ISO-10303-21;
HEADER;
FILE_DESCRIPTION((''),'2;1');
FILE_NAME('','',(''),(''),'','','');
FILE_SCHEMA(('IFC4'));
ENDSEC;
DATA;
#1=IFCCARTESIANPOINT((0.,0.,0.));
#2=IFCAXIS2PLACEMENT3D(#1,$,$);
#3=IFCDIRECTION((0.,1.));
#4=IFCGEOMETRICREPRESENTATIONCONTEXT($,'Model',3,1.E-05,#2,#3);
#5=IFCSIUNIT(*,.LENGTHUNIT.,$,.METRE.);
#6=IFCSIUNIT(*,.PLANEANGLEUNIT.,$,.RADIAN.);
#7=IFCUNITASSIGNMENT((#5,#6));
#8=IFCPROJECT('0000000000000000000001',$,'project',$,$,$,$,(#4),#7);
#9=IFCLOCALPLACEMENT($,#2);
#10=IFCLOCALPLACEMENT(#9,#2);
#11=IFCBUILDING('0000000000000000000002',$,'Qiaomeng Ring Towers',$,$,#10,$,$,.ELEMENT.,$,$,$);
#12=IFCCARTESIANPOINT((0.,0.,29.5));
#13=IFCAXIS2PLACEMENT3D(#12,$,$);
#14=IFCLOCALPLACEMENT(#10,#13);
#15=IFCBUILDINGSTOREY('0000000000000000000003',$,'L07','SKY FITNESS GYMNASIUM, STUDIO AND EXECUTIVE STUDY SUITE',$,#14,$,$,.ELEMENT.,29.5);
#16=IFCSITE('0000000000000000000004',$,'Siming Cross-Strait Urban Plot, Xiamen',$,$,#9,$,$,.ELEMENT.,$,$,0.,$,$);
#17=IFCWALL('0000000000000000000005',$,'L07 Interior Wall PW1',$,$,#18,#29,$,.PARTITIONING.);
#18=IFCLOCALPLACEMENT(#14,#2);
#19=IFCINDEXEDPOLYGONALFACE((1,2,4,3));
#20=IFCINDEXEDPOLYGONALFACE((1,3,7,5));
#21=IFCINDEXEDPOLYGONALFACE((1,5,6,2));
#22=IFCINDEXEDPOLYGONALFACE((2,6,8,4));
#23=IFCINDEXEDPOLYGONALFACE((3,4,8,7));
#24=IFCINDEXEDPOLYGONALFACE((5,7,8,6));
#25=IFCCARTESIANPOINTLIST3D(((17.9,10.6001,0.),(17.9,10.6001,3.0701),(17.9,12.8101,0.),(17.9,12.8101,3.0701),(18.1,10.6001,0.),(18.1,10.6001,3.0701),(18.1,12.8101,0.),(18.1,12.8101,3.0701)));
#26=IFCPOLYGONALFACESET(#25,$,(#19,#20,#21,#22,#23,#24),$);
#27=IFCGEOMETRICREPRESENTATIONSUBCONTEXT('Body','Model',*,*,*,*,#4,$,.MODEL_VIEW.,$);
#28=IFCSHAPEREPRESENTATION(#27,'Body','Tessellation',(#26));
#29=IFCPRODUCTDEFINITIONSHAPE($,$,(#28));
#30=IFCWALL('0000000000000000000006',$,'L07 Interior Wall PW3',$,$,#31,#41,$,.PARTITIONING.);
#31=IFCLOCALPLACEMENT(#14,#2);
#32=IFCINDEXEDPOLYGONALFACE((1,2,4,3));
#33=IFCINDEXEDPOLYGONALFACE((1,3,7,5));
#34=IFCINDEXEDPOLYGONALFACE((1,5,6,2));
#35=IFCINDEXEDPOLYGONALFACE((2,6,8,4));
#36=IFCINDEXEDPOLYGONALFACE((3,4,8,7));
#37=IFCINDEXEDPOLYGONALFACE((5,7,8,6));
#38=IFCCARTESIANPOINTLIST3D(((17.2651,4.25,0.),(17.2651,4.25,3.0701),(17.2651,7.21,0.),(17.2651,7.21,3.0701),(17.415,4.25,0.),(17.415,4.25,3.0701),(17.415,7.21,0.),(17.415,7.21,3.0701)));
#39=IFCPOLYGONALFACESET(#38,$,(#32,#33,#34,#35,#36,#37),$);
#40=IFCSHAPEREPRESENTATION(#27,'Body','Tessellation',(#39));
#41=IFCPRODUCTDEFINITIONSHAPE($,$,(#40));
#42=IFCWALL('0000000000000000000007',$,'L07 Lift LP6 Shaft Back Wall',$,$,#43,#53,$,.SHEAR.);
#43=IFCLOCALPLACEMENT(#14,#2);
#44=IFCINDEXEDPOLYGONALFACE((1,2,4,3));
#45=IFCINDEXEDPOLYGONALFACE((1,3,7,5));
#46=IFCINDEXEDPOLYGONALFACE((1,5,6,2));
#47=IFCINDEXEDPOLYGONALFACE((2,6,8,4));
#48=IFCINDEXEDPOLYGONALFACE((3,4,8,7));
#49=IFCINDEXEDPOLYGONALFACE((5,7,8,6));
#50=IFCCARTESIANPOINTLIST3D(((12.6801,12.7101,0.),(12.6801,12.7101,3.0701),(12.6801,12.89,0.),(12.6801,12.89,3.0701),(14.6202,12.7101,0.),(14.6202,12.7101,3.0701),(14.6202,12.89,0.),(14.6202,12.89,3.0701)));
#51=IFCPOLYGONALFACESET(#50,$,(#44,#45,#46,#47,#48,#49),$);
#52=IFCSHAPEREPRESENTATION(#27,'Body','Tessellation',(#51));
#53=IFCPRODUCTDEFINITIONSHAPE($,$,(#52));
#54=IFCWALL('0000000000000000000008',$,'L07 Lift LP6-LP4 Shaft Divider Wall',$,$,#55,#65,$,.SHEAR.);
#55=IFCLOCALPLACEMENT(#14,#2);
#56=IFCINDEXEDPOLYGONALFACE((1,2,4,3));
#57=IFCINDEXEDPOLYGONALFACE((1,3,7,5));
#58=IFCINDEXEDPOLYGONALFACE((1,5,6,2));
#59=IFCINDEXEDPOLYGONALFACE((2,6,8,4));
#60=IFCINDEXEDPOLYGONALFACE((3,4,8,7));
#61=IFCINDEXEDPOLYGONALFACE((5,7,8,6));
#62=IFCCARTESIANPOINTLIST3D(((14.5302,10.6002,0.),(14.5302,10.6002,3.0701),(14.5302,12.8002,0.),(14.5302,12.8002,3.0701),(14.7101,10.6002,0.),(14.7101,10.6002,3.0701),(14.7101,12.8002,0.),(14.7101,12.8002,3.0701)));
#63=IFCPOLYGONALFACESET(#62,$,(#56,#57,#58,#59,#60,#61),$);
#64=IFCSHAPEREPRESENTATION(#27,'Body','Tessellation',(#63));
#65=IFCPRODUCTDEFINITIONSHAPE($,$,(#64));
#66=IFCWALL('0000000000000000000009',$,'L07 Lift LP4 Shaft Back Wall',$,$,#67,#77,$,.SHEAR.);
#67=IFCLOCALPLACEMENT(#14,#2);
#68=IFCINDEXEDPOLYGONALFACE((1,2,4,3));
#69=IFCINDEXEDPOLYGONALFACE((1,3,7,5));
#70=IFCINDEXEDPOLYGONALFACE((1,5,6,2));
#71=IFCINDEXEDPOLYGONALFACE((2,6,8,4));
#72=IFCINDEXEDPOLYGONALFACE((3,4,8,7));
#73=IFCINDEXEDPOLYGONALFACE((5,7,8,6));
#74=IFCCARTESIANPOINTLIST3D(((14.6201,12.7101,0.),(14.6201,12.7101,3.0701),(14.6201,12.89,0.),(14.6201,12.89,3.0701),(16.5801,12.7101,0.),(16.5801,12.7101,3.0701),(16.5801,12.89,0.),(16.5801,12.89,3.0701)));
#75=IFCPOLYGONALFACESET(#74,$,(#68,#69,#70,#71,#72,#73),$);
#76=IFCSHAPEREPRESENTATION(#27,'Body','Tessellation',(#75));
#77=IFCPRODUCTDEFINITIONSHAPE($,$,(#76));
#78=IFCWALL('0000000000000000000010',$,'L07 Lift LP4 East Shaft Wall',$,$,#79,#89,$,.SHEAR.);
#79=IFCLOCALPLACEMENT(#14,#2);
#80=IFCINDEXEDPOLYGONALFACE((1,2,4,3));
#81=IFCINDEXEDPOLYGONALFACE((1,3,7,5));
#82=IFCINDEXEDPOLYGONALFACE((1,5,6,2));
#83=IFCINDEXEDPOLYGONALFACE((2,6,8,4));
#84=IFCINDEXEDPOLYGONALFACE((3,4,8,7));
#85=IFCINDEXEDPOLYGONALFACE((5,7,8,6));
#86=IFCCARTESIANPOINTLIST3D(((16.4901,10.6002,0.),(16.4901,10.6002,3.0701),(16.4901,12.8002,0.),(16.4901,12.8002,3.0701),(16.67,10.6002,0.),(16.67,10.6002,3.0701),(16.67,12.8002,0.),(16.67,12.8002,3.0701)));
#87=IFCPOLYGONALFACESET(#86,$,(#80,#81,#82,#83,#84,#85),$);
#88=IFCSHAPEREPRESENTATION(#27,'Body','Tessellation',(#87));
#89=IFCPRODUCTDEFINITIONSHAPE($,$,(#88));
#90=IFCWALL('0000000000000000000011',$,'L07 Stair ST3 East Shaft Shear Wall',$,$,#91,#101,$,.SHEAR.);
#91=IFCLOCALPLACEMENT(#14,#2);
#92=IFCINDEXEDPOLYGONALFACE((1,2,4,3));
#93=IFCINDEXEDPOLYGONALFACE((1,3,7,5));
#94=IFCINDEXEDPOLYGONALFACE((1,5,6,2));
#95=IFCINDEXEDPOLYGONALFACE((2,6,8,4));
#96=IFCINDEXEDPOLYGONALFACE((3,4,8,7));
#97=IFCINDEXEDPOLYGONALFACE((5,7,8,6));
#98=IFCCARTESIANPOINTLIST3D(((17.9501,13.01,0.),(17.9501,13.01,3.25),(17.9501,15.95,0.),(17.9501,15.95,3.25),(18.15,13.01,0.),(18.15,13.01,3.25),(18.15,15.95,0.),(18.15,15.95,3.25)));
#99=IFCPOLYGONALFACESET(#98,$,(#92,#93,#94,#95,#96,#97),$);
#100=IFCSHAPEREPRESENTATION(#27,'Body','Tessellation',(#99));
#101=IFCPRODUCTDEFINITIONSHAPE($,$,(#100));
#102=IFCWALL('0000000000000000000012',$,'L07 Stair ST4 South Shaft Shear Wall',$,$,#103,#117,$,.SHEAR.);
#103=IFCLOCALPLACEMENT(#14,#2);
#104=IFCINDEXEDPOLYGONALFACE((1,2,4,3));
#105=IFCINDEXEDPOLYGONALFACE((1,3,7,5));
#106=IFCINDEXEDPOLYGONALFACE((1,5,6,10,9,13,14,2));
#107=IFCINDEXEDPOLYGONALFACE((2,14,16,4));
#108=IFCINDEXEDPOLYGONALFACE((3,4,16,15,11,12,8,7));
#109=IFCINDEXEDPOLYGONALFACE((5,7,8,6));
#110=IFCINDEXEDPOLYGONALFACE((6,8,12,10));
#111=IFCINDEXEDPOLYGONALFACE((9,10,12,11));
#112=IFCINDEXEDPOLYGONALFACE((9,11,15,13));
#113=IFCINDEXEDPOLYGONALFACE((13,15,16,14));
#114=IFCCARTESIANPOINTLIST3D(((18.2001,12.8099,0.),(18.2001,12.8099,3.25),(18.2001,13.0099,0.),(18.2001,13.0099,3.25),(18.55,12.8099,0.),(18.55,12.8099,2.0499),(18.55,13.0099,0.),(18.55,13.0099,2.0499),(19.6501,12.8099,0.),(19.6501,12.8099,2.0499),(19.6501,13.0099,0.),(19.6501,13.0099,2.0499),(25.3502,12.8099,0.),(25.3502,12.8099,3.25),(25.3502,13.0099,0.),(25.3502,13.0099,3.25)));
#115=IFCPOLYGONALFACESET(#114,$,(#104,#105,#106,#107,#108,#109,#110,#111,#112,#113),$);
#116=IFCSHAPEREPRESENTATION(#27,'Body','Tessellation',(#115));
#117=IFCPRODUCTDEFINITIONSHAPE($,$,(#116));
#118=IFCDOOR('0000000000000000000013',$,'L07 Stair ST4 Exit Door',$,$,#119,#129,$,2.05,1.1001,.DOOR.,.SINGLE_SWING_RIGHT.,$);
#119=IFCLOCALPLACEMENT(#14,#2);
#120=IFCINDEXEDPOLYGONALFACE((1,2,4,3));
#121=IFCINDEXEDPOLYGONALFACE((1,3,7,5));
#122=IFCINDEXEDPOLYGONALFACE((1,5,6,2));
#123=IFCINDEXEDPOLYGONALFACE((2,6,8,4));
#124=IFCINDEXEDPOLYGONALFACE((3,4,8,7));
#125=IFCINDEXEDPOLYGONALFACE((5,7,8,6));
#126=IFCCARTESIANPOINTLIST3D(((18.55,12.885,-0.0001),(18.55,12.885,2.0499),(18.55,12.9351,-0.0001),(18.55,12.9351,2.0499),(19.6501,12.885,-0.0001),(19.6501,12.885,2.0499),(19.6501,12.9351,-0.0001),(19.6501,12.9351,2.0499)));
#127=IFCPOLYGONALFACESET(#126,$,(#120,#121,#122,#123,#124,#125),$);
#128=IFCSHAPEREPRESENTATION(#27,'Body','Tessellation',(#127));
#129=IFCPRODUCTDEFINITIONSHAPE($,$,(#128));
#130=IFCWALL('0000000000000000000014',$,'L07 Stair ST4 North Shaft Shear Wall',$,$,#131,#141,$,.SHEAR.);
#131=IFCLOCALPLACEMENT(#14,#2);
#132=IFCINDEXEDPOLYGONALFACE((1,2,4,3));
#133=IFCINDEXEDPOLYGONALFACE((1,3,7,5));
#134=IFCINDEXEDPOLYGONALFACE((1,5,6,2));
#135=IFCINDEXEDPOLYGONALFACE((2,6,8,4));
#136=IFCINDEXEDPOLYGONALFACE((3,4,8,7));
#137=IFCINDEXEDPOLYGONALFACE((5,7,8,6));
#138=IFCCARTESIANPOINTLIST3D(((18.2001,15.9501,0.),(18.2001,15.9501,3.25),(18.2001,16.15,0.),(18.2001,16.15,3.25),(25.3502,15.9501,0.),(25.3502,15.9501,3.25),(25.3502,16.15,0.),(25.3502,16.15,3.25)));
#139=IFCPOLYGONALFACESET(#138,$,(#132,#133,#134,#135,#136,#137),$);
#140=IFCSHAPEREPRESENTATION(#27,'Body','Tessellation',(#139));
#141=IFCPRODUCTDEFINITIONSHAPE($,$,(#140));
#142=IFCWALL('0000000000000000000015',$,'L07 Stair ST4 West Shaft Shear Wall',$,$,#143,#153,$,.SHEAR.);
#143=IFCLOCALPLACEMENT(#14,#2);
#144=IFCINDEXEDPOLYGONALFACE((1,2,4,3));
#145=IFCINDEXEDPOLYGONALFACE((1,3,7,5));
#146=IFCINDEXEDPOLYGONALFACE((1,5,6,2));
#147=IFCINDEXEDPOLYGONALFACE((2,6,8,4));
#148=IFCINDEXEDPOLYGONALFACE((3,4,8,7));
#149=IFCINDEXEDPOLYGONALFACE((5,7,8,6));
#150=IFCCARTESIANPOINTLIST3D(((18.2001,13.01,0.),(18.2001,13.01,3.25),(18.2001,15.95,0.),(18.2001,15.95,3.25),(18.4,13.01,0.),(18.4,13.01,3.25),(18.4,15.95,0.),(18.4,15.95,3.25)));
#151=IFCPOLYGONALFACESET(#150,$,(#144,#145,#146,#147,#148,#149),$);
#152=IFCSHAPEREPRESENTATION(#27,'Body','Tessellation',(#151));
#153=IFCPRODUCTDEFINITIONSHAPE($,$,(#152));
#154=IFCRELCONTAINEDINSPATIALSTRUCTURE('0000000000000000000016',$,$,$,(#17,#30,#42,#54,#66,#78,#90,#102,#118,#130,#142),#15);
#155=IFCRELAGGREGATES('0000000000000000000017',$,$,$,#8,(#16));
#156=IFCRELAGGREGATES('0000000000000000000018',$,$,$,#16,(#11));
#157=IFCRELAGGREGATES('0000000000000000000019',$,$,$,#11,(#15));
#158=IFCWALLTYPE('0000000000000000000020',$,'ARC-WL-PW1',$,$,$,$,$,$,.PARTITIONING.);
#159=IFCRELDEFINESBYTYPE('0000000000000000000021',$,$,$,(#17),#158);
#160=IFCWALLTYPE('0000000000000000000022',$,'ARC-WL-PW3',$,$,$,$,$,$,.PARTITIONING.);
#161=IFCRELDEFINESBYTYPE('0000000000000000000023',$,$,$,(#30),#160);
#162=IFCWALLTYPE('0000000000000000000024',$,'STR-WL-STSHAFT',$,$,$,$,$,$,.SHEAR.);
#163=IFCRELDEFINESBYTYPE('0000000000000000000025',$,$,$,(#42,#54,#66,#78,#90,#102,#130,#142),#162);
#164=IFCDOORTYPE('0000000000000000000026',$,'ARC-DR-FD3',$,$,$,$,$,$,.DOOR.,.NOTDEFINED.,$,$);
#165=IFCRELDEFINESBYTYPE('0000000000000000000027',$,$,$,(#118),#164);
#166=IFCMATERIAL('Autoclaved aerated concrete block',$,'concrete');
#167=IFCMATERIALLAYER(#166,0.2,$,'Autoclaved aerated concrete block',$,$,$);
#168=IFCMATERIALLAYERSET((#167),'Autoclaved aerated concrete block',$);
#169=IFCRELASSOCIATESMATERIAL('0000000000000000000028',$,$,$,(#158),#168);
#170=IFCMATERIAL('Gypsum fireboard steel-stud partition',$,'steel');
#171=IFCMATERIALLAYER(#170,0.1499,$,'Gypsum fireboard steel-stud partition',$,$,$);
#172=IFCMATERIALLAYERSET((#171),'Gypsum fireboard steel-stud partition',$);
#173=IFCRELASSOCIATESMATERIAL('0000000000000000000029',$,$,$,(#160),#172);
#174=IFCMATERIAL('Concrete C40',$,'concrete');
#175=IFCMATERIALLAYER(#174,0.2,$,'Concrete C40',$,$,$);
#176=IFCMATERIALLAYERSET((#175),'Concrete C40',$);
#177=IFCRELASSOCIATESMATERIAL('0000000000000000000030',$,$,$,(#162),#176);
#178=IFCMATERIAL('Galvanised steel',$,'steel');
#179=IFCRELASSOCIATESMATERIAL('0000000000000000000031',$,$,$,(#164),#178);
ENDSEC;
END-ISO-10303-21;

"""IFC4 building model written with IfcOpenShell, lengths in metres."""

from ifc_helpers import new_model, si_unit, direction, frame, frame_2d, origin, place, context, subcontext, project, spatial, rectangle, extrude, source, transform, mapped, material, layer, layer_set, type_object, element, fill, save


model = new_model("IFC4")

# Units and contexts
model_context = context("Model", 3, precision=1e-05, world=origin(), true_north=direction((0.0, 1.0)))
body_context = subcontext(model_context, "Body", "Model", "MODEL_VIEW")
ifc_project = project(units=[si_unit("LENGTHUNIT", "METRE"), si_unit("PLANEANGLEUNIT", "RADIAN")], contexts=[model_context])

# Site, building, storey
site_placement = place(None, origin())
site = spatial("IfcSite", under=ifc_project, at=site_placement, Name="Siming Cross-Strait Urban Plot, Xiamen", CompositionType="ELEMENT", RefElevation=0.0)
building_placement = place(site_placement, origin())
building = spatial("IfcBuilding", under=site, at=building_placement, Name="Qiaomeng Ring Towers", CompositionType="ELEMENT")
storey_placement = place(building_placement, frame((0.0, 0.0, 29.5)))
storey = spatial("IfcBuildingStorey", under=building, at=storey_placement, Name="L07", Description="SKY FITNESS GYMNASIUM, STUDIO AND EXECUTIVE STUDY SUITE", CompositionType="ELEMENT", Elevation=29.5)

# Walls
ifc_material_1 = material(Name="Autoclaved aerated concrete block", Category="concrete")
ifc_layer_1 = layer(ifc_material_1, 0.2, Name="Autoclaved aerated concrete block")
ifc_layer_set_1 = layer_set([ifc_layer_1], Name="Autoclaved aerated concrete block")
wall_type_1 = type_object("IfcWallType", Name="ARC-WL-PW1", PredefinedType="PARTITIONING", material=ifc_layer_set_1)
wall_1_placement = place(storey_placement, frame((18.0, 10.6001, 0.0), z_axis=(0.0, 0.0, 1.0), x_axis=(0.0, 1.0, 0.0)))
element("IfcWall", 1, at=wall_1_placement, inside=storey, type_object=wall_type_1, Name="L07 Interior Wall PW1", PredefinedType="PARTITIONING", context=body_context, shape_type="SweptSolid", body=[
    extrude(rectangle(XDim=2.21, YDim=0.2, at=frame_2d((1.105, 0.0))), origin(), (0.0, 0.0, 1.0), 3.0701),
])
ifc_material_2 = material(Name="Gypsum fireboard steel-stud partition", Category="steel")
ifc_layer_2 = layer(ifc_material_2, 0.1499, Name="Gypsum fireboard steel-stud partition")
ifc_layer_set_2 = layer_set([ifc_layer_2], Name="Gypsum fireboard steel-stud partition")
wall_type_2 = type_object("IfcWallType", Name="ARC-WL-PW3", PredefinedType="PARTITIONING", material=ifc_layer_set_2)
wall_2_placement = place(storey_placement, frame((17.3401, 4.25, 0.0), z_axis=(0.0, 0.0, 1.0), x_axis=(0.0, 1.0, 0.0)))
element("IfcWall", 2, at=wall_2_placement, inside=storey, type_object=wall_type_2, Name="L07 Interior Wall PW3", PredefinedType="PARTITIONING", context=body_context, shape_type="SweptSolid", body=[
    extrude(rectangle(XDim=2.96, YDim=0.1499, at=frame_2d((1.48, 0.0))), origin(), (0.0, 0.0, 1.0), 3.0701),
])
ifc_material_3 = material(Name="Concrete C40", Category="concrete")
ifc_layer_3 = layer(ifc_material_3, 0.2, Name="Concrete C40")
ifc_layer_set_3 = layer_set([ifc_layer_3], Name="Concrete C40")
wall_type_3 = type_object("IfcWallType", Name="STR-WL-STSHAFT", PredefinedType="SHEAR", material=ifc_layer_set_3)
wall_3_placement = place(storey_placement, frame((12.6799, 12.8, 0.0), z_axis=(0.0, 0.0, 1.0), x_axis=(1.0, 0.0, 0.0)))
element("IfcWall", 3, at=wall_3_placement, inside=storey, type_object=wall_type_3, Name="L07 Lift LP6 Shaft Back Wall", PredefinedType="SHEAR", context=body_context, shape_type="SweptSolid", body=[
    extrude(rectangle(XDim=1.9402, YDim=0.1799, at=frame_2d((0.9702, 0.0))), origin(), (0.0, 0.0, 1.0), 3.0701),
])
wall_4_placement = place(storey_placement, frame((14.6201, 10.6001, 0.0), z_axis=(0.0, 0.0, 1.0), x_axis=(0.0, 1.0, 0.0)))
element("IfcWall", 4, at=wall_4_placement, inside=storey, type_object=wall_type_3, Name="L07 Lift LP6-LP4 Shaft Divider Wall", PredefinedType="SHEAR", context=body_context, shape_type="SweptSolid", body=[
    extrude(rectangle(XDim=2.2, YDim=0.1799, at=frame_2d((1.1001, 0.0))), origin(), (0.0, 0.0, 1.0), 3.0701),
])
wall_5_placement = place(storey_placement, frame((14.6201, 12.8, 0.0), z_axis=(0.0, 0.0, 1.0), x_axis=(1.0, 0.0, 0.0)))
element("IfcWall", 5, at=wall_5_placement, inside=storey, type_object=wall_type_3, Name="L07 Lift LP4 Shaft Back Wall", PredefinedType="SHEAR", context=body_context, shape_type="SweptSolid", body=[
    extrude(rectangle(XDim=1.96, YDim=0.1799, at=frame_2d((0.98, 0.0))), origin(), (0.0, 0.0, 1.0), 3.0701),
])
wall_6_placement = place(storey_placement, frame((16.5801, 10.6001, 0.0), z_axis=(0.0, 0.0, 1.0), x_axis=(0.0, 1.0, 0.0)))
element("IfcWall", 6, at=wall_6_placement, inside=storey, type_object=wall_type_3, Name="L07 Lift LP4 East Shaft Wall", PredefinedType="SHEAR", context=body_context, shape_type="SweptSolid", body=[
    extrude(rectangle(XDim=2.2, YDim=0.1799, at=frame_2d((1.1001, 0.0))), origin(), (0.0, 0.0, 1.0), 3.0701),
])
wall_7_placement = place(storey_placement, frame((18.05, 13.01, 0.0), z_axis=(0.0, 0.0, 1.0), x_axis=(0.0, 1.0, 0.0)))
element("IfcWall", 7, at=wall_7_placement, inside=storey, type_object=wall_type_3, Name="L07 Stair ST3 East Shaft Shear Wall", PredefinedType="SHEAR", context=body_context, shape_type="SweptSolid", body=[
    extrude(rectangle(XDim=2.9399, YDim=0.2, at=frame_2d((1.47, 0.0))), origin(), (0.0, 0.0, 1.0), 3.25),
])

# Wall, opening, door
wall_8_placement = place(storey_placement, frame((18.2, 12.9099, 0.0), z_axis=(0.0, 0.0, 1.0), x_axis=(1.0, 0.0, 0.0)))
wall_8 = element("IfcWall", 8, at=wall_8_placement, inside=storey, type_object=wall_type_3, Name="L07 Stair ST4 South Shaft Shear Wall", PredefinedType="SHEAR", context=body_context, shape_type="SweptSolid", body=[
    extrude(rectangle(XDim=7.1501, YDim=0.2, at=frame_2d((3.5752, 0.0))), origin(), (0.0, 0.0, 1.0), 3.25),
])
opening_placement = place(wall_8_placement, frame((0.3501, 0.0, 0.0)))
opening = element("IfcOpeningElement", 9, at=opening_placement, cuts=wall_8, PredefinedType="OPENING", context=body_context, shape_type="SweptSolid", body=[
    extrude(rectangle(XDim=1.1001, YDim=2.05, at=frame_2d((0.55, 1.0249))), frame((0.0, 0.1099, 0.0), z_axis=(0.0, -1.0, 0.0), x_axis=(1.0, 0.0, 0.0)), (0.0, 0.0, 1.0), 0.22),
])
ifc_material_4 = material(Name="Galvanised steel", Category="steel")
door_type = type_object("IfcDoorType", Name="ARC-DR-FD3", OperationType="NOTDEFINED", PredefinedType="DOOR", material=ifc_material_4)
shared_shape_1 = source(origin(), body_context, "Body", "SweptSolid", [
    extrude(rectangle(XDim=1.1001, YDim=2.05, at=frame_2d((0.55, 1.0249))), frame((0.0, 0.0249, 0.0), z_axis=(0.0, -1.0, 0.0), x_axis=(1.0, 0.0, 0.0)), (0.0, 0.0, 1.0), 0.05),
])
door_placement = place(opening_placement, frame((1.1001, 0.0, 0.0), z_axis=(0.0, 0.0, 1.0), x_axis=(-1.0, 0.0, 0.0)))
door = element("IfcDoor", 10, at=door_placement, inside=storey, type_object=door_type, Name="L07 Stair ST4 Exit Door", OperationType="SINGLE_SWING_RIGHT", OverallHeight=2.05, OverallWidth=1.1001, PredefinedType="DOOR", context=body_context, shape_type="MappedRepresentation", body=[
    mapped(shared_shape_1, transform((0.0, 0.0, 0.0), x_axis=(1.0, 0.0, 0.0), y_axis=(0.0, 1.0, 0.0), z_axis=(0.0, 0.0, 1.0), scale=1.0)),
])
fill(opening, door)

# Walls
wall_9_placement = place(storey_placement, frame((18.2, 16.05, 0.0), z_axis=(0.0, 0.0, 1.0), x_axis=(1.0, 0.0, 0.0)))
element("IfcWall", 11, at=wall_9_placement, inside=storey, type_object=wall_type_3, Name="L07 Stair ST4 North Shaft Shear Wall", PredefinedType="SHEAR", context=body_context, shape_type="SweptSolid", body=[
    extrude(rectangle(XDim=7.1501, YDim=0.2, at=frame_2d((3.5752, 0.0))), origin(), (0.0, 0.0, 1.0), 3.25),
])
wall_10_placement = place(storey_placement, frame((18.3, 13.01, 0.0), z_axis=(0.0, 0.0, 1.0), x_axis=(0.0, 1.0, 0.0)))
element("IfcWall", 12, at=wall_10_placement, inside=storey, type_object=wall_type_3, Name="L07 Stair ST4 West Shaft Shear Wall", PredefinedType="SHEAR", context=body_context, shape_type="SweptSolid", body=[
    extrude(rectangle(XDim=2.9399, YDim=0.2, at=frame_2d((1.47, 0.0))), origin(), (0.0, 0.0, 1.0), 3.25),
])

save(model, "model.ifc")
